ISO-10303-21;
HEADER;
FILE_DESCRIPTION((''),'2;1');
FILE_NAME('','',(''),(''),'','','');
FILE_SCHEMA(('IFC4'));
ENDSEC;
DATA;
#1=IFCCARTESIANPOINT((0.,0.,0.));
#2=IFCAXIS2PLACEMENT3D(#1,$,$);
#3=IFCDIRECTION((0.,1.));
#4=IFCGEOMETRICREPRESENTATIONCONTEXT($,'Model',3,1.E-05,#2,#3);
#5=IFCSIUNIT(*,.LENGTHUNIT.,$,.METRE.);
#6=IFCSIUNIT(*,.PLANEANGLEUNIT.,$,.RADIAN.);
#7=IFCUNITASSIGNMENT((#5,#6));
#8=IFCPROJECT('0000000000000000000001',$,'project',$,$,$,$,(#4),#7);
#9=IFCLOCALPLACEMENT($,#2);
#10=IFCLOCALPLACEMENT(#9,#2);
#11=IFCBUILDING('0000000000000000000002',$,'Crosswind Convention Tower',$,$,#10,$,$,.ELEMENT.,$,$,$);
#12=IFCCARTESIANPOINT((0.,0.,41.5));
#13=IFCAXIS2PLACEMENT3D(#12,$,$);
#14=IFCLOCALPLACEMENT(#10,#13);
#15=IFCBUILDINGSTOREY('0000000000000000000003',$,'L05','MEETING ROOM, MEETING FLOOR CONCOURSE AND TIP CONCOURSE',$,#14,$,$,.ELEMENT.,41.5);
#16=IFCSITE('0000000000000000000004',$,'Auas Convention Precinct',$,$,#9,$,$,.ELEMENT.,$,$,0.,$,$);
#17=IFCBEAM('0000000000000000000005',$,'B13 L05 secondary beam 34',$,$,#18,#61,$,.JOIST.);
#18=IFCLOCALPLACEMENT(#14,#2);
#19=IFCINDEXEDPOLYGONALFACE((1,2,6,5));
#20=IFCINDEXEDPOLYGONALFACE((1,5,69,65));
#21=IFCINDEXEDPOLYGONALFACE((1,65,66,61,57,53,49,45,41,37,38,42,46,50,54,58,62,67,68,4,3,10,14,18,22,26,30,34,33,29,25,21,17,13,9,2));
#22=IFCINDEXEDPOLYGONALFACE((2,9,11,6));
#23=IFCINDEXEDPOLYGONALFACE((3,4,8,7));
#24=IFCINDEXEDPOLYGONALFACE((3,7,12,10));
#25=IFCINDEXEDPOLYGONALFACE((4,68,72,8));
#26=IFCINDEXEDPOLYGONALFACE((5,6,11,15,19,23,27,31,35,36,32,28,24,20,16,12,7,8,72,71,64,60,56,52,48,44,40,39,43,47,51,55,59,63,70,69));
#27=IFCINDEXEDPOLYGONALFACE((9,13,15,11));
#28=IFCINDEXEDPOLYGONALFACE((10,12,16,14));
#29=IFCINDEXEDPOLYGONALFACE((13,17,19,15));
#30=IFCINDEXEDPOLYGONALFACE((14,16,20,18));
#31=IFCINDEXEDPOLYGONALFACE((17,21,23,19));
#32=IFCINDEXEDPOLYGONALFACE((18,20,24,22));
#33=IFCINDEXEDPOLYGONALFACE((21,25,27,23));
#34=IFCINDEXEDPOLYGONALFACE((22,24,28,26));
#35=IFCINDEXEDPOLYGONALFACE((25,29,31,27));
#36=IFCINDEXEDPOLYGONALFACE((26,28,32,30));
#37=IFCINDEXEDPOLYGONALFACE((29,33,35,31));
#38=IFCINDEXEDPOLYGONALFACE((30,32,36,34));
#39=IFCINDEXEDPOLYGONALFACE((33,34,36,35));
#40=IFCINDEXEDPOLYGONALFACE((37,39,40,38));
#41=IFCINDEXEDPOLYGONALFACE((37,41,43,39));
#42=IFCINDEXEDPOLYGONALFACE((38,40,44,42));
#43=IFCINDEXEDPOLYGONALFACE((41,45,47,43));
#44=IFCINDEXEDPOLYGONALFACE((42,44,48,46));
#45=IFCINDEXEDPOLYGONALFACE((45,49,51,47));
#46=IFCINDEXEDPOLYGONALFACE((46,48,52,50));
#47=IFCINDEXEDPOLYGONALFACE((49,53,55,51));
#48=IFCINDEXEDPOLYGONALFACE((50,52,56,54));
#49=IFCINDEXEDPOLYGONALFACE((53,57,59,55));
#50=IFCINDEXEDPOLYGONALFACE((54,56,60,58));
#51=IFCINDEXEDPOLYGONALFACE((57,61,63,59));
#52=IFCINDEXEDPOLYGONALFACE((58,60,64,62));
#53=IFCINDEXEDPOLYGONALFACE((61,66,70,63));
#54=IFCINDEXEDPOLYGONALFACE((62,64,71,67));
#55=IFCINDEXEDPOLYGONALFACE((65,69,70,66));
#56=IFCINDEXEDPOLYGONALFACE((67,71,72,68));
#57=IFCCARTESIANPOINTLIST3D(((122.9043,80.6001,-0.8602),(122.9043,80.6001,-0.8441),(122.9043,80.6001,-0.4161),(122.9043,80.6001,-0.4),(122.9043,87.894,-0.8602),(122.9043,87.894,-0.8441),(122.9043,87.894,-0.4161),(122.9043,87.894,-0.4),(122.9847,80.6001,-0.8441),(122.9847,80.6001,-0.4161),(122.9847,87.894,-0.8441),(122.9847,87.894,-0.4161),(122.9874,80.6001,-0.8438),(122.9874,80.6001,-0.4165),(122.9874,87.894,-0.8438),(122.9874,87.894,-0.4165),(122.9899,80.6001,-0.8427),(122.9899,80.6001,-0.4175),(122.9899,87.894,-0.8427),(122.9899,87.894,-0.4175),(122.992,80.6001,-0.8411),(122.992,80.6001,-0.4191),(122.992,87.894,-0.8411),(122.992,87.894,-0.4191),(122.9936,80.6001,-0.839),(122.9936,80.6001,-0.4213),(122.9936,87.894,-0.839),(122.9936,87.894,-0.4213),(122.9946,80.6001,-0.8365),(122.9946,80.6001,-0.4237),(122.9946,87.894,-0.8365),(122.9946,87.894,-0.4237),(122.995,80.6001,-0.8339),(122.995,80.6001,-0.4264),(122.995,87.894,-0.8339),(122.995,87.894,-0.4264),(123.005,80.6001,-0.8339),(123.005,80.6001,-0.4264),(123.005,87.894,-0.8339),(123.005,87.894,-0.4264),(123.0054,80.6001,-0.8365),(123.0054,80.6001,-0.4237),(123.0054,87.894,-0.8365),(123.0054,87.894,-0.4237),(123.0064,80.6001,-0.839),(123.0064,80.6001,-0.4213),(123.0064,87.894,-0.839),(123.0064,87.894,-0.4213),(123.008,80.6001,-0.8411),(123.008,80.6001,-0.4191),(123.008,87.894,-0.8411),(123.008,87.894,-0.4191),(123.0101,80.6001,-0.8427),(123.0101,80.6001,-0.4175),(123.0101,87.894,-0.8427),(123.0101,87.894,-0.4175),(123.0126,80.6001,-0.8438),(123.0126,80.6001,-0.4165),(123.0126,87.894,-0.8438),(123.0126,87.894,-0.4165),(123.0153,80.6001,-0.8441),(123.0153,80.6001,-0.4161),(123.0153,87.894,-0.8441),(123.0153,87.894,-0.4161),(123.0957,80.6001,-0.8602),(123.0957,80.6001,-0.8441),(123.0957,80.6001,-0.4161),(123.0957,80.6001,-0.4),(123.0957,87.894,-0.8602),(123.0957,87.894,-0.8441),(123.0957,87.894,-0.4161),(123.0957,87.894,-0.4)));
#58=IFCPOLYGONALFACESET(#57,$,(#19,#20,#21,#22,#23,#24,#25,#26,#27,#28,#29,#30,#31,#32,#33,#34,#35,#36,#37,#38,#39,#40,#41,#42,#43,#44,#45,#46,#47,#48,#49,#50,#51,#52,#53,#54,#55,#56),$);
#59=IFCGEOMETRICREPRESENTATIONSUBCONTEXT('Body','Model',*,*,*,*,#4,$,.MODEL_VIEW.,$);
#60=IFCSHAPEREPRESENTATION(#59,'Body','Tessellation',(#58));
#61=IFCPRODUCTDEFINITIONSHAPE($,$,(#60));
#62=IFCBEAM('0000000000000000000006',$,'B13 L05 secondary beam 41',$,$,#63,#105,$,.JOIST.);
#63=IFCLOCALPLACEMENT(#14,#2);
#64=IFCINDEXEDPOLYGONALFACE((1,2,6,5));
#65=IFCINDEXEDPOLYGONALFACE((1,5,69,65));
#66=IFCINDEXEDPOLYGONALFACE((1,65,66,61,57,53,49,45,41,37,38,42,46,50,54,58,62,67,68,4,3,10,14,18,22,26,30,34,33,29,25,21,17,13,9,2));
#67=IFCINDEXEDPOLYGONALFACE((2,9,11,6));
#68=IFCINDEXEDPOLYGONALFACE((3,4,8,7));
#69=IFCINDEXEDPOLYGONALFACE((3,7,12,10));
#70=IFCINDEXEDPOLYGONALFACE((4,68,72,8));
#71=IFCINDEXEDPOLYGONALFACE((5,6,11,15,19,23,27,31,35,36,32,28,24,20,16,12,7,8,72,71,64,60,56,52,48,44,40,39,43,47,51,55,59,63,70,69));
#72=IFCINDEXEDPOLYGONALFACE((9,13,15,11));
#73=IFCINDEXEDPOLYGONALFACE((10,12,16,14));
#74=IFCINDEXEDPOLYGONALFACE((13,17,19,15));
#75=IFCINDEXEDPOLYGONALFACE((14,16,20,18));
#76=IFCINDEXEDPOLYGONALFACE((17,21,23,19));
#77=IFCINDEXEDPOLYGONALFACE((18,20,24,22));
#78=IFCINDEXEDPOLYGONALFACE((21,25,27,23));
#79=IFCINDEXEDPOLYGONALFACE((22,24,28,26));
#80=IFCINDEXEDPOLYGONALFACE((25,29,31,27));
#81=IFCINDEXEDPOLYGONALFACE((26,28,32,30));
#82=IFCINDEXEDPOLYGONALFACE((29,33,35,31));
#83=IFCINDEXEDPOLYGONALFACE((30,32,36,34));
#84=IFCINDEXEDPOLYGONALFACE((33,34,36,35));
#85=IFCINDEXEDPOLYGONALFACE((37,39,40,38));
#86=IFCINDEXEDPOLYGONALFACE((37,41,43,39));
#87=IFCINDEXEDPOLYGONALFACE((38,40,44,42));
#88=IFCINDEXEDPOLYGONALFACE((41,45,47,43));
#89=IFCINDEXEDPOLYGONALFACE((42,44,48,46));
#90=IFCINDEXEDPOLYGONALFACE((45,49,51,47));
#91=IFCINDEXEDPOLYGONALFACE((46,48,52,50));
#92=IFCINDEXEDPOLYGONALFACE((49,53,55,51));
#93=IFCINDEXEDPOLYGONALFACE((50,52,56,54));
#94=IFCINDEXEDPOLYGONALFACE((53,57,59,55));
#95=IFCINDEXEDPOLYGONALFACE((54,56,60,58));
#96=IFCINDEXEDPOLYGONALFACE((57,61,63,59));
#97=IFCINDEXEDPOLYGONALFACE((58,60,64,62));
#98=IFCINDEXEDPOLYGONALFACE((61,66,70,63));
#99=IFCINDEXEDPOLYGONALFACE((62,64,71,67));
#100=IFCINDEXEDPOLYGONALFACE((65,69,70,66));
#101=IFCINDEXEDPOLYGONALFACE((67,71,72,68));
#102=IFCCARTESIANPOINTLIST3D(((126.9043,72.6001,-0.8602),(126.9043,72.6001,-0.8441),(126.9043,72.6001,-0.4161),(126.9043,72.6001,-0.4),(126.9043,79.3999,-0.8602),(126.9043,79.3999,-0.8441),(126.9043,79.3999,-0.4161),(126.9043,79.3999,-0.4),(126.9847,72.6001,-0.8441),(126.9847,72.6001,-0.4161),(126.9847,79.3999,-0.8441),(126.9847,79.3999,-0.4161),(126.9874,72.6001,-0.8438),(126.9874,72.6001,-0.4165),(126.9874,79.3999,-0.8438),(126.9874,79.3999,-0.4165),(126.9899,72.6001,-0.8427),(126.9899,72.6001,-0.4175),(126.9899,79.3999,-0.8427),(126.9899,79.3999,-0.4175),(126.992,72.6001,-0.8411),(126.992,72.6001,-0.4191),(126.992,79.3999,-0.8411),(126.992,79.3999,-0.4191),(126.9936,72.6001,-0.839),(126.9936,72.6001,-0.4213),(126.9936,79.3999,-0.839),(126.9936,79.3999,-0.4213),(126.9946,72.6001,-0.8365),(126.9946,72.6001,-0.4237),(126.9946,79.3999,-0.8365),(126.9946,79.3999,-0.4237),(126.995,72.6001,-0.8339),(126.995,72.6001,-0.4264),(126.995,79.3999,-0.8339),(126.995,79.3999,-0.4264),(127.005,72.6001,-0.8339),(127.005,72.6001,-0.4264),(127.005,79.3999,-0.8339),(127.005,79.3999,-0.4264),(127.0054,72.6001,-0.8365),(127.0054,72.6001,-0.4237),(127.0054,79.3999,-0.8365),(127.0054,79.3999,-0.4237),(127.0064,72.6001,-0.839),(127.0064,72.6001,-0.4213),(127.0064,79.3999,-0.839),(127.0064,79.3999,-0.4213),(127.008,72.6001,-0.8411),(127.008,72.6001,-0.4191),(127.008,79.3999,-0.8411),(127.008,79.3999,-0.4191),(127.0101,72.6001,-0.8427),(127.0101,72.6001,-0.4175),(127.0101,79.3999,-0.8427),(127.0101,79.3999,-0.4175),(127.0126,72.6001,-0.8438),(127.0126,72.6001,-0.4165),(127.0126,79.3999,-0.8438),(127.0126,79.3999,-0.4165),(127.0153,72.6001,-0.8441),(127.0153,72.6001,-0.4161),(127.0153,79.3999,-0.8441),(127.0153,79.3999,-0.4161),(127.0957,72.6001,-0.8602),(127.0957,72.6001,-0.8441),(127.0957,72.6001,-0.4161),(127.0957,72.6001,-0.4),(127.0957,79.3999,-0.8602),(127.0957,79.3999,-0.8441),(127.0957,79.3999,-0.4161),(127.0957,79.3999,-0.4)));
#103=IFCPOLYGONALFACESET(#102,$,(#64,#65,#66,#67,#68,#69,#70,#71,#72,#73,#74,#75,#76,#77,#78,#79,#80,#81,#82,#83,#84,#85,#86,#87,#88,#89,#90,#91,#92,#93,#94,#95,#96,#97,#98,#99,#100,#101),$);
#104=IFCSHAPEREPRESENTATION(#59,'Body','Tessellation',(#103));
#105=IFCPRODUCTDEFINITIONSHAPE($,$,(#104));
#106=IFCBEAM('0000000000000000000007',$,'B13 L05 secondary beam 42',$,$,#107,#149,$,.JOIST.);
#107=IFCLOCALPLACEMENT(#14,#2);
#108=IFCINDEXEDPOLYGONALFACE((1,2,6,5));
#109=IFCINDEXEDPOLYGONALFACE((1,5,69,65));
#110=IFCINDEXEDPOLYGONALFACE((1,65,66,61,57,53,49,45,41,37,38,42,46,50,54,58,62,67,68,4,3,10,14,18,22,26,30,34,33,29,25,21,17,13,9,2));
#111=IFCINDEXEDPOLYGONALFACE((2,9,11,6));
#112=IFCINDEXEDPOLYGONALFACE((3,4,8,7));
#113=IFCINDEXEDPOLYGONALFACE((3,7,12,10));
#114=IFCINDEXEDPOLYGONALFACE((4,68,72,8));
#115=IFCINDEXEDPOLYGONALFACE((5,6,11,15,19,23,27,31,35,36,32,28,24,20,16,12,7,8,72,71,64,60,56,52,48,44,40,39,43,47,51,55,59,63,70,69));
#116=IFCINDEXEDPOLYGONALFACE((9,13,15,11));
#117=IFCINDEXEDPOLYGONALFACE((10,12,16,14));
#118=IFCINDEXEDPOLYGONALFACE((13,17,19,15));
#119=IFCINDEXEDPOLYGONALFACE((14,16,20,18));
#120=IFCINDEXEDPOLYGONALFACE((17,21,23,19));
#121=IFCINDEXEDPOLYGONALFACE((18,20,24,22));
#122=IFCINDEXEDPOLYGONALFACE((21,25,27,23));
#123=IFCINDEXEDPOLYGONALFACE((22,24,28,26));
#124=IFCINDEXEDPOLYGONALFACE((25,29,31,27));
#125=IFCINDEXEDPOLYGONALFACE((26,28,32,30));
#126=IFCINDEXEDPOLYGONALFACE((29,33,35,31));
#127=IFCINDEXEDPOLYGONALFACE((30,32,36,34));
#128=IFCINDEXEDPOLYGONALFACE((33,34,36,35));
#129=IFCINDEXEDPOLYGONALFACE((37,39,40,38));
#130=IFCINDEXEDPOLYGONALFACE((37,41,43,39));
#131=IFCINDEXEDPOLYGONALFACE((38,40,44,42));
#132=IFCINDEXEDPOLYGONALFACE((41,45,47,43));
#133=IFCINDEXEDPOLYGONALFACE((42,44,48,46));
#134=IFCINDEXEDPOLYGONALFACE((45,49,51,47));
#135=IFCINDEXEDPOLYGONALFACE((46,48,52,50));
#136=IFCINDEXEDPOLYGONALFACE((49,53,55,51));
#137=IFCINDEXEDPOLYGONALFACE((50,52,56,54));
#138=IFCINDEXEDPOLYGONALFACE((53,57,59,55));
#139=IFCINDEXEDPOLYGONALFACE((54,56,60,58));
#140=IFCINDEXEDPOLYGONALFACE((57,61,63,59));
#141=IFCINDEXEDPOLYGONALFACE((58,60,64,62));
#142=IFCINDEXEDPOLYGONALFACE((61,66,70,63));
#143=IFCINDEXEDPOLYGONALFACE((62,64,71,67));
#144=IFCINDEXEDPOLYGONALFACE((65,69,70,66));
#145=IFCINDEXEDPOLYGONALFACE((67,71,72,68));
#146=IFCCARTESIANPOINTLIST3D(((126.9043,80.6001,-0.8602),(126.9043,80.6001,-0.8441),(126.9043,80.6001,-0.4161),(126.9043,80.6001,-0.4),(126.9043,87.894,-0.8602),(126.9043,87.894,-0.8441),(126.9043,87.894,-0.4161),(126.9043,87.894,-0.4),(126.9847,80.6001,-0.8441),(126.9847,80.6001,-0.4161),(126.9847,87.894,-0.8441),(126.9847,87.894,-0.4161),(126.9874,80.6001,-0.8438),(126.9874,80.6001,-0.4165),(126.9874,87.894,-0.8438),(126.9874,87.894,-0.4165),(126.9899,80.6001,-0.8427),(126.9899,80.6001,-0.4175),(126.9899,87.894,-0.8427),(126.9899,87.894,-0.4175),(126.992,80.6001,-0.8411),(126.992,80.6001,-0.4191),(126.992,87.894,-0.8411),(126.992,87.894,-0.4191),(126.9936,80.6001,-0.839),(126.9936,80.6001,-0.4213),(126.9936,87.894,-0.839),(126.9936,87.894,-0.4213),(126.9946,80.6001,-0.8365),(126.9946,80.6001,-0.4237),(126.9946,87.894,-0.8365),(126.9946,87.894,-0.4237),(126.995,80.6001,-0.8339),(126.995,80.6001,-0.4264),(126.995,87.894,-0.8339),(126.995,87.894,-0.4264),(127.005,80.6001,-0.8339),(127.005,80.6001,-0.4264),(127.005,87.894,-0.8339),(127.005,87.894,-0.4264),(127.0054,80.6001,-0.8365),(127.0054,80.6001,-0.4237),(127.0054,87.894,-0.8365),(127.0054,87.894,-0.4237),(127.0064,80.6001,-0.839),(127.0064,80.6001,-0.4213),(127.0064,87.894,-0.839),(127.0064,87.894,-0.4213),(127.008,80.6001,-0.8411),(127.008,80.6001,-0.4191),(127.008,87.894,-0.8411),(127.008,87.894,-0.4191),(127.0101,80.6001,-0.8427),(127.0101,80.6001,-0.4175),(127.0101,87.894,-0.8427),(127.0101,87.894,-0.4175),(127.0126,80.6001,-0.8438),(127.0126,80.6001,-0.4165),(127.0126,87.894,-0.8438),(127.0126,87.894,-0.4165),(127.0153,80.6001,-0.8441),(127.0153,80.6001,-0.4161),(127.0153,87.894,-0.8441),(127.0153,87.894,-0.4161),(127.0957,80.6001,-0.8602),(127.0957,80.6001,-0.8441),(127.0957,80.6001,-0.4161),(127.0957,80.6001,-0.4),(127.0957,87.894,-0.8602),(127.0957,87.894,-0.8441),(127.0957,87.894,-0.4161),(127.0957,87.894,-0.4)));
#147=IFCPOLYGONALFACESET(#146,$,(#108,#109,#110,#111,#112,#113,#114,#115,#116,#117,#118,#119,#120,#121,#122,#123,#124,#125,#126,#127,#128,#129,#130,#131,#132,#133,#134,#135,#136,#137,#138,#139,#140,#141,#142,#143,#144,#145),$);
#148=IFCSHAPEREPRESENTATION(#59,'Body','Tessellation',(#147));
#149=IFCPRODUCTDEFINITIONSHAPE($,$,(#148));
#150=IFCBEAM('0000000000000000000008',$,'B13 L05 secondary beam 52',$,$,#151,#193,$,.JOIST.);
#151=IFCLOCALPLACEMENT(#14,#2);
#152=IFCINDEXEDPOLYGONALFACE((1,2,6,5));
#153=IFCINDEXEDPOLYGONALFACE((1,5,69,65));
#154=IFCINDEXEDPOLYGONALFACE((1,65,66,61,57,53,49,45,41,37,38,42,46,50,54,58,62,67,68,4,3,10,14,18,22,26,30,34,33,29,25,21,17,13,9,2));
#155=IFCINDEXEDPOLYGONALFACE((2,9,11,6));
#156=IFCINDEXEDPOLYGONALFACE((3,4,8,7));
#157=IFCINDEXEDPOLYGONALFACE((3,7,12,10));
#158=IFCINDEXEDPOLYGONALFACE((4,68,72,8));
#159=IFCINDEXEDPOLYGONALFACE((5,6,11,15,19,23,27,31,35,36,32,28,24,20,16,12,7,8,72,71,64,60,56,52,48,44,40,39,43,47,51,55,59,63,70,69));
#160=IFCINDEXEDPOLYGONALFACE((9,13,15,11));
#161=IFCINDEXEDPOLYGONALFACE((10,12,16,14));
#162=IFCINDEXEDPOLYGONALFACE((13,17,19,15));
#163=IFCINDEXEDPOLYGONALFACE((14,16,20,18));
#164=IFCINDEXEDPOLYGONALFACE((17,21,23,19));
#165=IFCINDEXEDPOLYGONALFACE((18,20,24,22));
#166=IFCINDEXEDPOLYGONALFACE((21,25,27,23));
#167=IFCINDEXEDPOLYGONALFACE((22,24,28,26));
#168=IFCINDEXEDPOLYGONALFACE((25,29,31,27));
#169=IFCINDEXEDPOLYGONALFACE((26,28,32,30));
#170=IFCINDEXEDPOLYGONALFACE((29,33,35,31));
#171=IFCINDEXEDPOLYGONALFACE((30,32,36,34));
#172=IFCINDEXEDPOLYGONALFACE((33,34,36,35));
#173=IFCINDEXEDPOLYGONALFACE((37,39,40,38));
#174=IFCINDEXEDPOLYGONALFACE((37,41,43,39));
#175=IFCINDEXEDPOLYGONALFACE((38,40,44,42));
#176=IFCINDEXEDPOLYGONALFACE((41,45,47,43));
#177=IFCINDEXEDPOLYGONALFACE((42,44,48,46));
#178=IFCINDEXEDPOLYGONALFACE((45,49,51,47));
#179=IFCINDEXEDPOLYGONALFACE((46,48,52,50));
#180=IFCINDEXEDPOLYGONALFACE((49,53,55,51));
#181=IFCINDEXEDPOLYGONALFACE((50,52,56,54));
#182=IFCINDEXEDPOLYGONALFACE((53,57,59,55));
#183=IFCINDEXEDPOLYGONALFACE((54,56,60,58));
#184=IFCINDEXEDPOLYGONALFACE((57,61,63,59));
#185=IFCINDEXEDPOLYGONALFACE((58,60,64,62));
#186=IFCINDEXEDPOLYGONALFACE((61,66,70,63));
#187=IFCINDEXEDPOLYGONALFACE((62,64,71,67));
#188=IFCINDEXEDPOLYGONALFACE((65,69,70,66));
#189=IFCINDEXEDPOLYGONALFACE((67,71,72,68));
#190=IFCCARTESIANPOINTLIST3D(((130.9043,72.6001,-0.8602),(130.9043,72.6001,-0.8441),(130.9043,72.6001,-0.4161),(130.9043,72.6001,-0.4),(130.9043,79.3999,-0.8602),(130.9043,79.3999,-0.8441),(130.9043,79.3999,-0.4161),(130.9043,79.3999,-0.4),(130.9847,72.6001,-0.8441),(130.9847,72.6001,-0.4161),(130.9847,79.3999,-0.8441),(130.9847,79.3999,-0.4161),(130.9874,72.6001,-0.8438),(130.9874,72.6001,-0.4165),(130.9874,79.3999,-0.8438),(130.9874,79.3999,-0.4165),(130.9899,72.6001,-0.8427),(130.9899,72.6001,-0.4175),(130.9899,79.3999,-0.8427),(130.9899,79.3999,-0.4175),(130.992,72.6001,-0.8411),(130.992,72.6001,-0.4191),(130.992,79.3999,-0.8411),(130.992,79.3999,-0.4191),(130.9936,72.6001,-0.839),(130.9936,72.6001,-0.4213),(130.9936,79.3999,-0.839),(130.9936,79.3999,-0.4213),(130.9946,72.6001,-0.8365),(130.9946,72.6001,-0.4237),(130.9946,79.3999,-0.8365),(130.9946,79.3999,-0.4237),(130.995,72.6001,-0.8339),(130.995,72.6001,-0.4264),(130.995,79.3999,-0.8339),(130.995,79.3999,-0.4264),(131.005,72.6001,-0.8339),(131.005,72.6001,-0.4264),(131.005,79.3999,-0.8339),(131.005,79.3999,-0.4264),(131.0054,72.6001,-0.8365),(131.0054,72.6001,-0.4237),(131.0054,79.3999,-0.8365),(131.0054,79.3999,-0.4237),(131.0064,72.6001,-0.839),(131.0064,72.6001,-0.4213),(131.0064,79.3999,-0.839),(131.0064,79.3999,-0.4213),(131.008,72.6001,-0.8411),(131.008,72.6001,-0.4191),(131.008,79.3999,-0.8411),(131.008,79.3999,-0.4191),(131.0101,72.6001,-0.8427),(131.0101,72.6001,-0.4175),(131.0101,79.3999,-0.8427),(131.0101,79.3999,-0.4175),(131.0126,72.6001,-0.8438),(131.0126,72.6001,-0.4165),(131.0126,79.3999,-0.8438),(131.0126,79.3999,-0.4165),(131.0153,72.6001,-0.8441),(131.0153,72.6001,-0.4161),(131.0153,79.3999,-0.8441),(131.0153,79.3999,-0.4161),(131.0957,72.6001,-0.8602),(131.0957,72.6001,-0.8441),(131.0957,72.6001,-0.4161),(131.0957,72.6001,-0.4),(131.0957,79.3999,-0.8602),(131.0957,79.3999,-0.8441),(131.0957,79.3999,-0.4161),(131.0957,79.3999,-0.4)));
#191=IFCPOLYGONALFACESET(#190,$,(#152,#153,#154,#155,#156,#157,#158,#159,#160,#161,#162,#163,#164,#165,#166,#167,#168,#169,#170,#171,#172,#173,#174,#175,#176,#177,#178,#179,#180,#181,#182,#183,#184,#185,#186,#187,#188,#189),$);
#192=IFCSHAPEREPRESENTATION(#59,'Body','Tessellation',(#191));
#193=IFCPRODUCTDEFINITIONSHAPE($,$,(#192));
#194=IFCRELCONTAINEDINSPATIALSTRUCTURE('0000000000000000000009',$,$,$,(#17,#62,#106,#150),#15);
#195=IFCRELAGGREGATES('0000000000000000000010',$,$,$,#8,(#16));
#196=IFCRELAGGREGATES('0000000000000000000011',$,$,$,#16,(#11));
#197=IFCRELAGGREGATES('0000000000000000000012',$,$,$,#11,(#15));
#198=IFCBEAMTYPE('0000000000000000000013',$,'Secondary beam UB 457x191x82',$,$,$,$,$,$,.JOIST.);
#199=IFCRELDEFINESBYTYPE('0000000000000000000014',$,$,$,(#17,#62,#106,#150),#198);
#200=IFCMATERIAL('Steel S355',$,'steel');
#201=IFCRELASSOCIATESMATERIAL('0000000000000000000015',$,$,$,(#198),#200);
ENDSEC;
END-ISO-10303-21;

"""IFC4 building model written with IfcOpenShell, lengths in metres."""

from ifc_helpers import new_model, si_unit, direction, frame, origin, origin_2d, place, context, subcontext, project, spatial, i_section, extrude, material, material_profile, profile_set, type_object, element, save


model = new_model("IFC4")

# Units and contexts
model_context = context("Model", 3, precision=1e-05, world=origin(), true_north=direction((0.0, 1.0)))
body_context = subcontext(model_context, "Body", "Model", "MODEL_VIEW")
ifc_project = project(units=[si_unit("LENGTHUNIT", "METRE"), si_unit("PLANEANGLEUNIT", "RADIAN")], contexts=[model_context])

# Site, building, storey
site_placement = place(None, origin())
site = spatial("IfcSite", under=ifc_project, at=site_placement, Name="Auas Convention Precinct", CompositionType="ELEMENT", RefElevation=0.0)
building_placement = place(site_placement, origin())
building = spatial("IfcBuilding", under=site, at=building_placement, Name="Crosswind Convention Tower", CompositionType="ELEMENT")
storey_placement = place(building_placement, frame((0.0, 0.0, 41.5)))
storey = spatial("IfcBuildingStorey", under=building, at=storey_placement, Name="L05", Description="MEETING ROOM, MEETING FLOOR CONCOURSE AND TIP CONCOURSE", CompositionType="ELEMENT", Elevation=41.5)

# Shared definitions
ifc_material_1 = material(Name="Steel S355", Category="steel")

# Beams
ifc_material_profile_1 = material_profile(ifc_material_1, i_section(OverallWidth=0.1914, OverallDepth=0.4602, WebThickness=0.01, FlangeThickness=0.0161, FilletRadius=0.0103, at=origin_2d()), Name="UB 457x191x82")
ifc_profile_set_1 = profile_set([ifc_material_profile_1], Name="Steel S355")
beam_type_1 = type_object("IfcBeamType", Name="Secondary beam UB 457x191x82", PredefinedType="JOIST", material=ifc_profile_set_1)
beam_1_placement = place(storey_placement, frame((123.0, 80.6001, -0.6301), z_axis=(0.0, 1.0, 0.0), x_axis=(-1.0, 0.0, 0.0)))
element("IfcBeam", 1, at=beam_1_placement, inside=storey, type_object=beam_type_1, Name="B13 L05 secondary beam 34", PredefinedType="JOIST", context=body_context, shape_type="SweptSolid", body=[
    extrude(i_section(OverallWidth=0.1914, OverallDepth=0.4602, WebThickness=0.01, FlangeThickness=0.0161, FilletRadius=0.0103, at=origin_2d()), origin(), (0.0, 0.0, 1.0), 7.2939),
])
beam_2_placement = place(storey_placement, frame((127.0, 72.6001, -0.6301), z_axis=(0.0, 1.0, 0.0), x_axis=(-1.0, 0.0, 0.0)))
element("IfcBeam", 2, at=beam_2_placement, inside=storey, type_object=beam_type_1, Name="B13 L05 secondary beam 41", PredefinedType="JOIST", context=body_context, shape_type="SweptSolid", body=[
    extrude(i_section(OverallWidth=0.1914, OverallDepth=0.4602, WebThickness=0.01, FlangeThickness=0.0161, FilletRadius=0.0103, at=origin_2d()), origin(), (0.0, 0.0, 1.0), 6.7998),
])
beam_3_placement = place(storey_placement, frame((127.0, 80.6001, -0.6301), z_axis=(0.0, 1.0, 0.0), x_axis=(-1.0, 0.0, 0.0)))
element("IfcBeam", 3, at=beam_3_placement, inside=storey, type_object=beam_type_1, Name="B13 L05 secondary beam 42", PredefinedType="JOIST", context=body_context, shape_type="SweptSolid", body=[
    extrude(i_section(OverallWidth=0.1914, OverallDepth=0.4602, WebThickness=0.01, FlangeThickness=0.0161, FilletRadius=0.0103, at=origin_2d()), origin(), (0.0, 0.0, 1.0), 7.2939),
])
beam_4_placement = place(storey_placement, frame((131.0, 72.6001, -0.6301), z_axis=(0.0, 1.0, 0.0), x_axis=(-1.0, 0.0, 0.0)))
element("IfcBeam", 4, at=beam_4_placement, inside=storey, type_object=beam_type_1, Name="B13 L05 secondary beam 52", PredefinedType="JOIST", context=body_context, shape_type="SweptSolid", body=[
    extrude(i_section(OverallWidth=0.1914, OverallDepth=0.4602, WebThickness=0.01, FlangeThickness=0.0161, FilletRadius=0.0103, at=origin_2d()), origin(), (0.0, 0.0, 1.0), 6.7998),
])

save(model, "model.ifc")
